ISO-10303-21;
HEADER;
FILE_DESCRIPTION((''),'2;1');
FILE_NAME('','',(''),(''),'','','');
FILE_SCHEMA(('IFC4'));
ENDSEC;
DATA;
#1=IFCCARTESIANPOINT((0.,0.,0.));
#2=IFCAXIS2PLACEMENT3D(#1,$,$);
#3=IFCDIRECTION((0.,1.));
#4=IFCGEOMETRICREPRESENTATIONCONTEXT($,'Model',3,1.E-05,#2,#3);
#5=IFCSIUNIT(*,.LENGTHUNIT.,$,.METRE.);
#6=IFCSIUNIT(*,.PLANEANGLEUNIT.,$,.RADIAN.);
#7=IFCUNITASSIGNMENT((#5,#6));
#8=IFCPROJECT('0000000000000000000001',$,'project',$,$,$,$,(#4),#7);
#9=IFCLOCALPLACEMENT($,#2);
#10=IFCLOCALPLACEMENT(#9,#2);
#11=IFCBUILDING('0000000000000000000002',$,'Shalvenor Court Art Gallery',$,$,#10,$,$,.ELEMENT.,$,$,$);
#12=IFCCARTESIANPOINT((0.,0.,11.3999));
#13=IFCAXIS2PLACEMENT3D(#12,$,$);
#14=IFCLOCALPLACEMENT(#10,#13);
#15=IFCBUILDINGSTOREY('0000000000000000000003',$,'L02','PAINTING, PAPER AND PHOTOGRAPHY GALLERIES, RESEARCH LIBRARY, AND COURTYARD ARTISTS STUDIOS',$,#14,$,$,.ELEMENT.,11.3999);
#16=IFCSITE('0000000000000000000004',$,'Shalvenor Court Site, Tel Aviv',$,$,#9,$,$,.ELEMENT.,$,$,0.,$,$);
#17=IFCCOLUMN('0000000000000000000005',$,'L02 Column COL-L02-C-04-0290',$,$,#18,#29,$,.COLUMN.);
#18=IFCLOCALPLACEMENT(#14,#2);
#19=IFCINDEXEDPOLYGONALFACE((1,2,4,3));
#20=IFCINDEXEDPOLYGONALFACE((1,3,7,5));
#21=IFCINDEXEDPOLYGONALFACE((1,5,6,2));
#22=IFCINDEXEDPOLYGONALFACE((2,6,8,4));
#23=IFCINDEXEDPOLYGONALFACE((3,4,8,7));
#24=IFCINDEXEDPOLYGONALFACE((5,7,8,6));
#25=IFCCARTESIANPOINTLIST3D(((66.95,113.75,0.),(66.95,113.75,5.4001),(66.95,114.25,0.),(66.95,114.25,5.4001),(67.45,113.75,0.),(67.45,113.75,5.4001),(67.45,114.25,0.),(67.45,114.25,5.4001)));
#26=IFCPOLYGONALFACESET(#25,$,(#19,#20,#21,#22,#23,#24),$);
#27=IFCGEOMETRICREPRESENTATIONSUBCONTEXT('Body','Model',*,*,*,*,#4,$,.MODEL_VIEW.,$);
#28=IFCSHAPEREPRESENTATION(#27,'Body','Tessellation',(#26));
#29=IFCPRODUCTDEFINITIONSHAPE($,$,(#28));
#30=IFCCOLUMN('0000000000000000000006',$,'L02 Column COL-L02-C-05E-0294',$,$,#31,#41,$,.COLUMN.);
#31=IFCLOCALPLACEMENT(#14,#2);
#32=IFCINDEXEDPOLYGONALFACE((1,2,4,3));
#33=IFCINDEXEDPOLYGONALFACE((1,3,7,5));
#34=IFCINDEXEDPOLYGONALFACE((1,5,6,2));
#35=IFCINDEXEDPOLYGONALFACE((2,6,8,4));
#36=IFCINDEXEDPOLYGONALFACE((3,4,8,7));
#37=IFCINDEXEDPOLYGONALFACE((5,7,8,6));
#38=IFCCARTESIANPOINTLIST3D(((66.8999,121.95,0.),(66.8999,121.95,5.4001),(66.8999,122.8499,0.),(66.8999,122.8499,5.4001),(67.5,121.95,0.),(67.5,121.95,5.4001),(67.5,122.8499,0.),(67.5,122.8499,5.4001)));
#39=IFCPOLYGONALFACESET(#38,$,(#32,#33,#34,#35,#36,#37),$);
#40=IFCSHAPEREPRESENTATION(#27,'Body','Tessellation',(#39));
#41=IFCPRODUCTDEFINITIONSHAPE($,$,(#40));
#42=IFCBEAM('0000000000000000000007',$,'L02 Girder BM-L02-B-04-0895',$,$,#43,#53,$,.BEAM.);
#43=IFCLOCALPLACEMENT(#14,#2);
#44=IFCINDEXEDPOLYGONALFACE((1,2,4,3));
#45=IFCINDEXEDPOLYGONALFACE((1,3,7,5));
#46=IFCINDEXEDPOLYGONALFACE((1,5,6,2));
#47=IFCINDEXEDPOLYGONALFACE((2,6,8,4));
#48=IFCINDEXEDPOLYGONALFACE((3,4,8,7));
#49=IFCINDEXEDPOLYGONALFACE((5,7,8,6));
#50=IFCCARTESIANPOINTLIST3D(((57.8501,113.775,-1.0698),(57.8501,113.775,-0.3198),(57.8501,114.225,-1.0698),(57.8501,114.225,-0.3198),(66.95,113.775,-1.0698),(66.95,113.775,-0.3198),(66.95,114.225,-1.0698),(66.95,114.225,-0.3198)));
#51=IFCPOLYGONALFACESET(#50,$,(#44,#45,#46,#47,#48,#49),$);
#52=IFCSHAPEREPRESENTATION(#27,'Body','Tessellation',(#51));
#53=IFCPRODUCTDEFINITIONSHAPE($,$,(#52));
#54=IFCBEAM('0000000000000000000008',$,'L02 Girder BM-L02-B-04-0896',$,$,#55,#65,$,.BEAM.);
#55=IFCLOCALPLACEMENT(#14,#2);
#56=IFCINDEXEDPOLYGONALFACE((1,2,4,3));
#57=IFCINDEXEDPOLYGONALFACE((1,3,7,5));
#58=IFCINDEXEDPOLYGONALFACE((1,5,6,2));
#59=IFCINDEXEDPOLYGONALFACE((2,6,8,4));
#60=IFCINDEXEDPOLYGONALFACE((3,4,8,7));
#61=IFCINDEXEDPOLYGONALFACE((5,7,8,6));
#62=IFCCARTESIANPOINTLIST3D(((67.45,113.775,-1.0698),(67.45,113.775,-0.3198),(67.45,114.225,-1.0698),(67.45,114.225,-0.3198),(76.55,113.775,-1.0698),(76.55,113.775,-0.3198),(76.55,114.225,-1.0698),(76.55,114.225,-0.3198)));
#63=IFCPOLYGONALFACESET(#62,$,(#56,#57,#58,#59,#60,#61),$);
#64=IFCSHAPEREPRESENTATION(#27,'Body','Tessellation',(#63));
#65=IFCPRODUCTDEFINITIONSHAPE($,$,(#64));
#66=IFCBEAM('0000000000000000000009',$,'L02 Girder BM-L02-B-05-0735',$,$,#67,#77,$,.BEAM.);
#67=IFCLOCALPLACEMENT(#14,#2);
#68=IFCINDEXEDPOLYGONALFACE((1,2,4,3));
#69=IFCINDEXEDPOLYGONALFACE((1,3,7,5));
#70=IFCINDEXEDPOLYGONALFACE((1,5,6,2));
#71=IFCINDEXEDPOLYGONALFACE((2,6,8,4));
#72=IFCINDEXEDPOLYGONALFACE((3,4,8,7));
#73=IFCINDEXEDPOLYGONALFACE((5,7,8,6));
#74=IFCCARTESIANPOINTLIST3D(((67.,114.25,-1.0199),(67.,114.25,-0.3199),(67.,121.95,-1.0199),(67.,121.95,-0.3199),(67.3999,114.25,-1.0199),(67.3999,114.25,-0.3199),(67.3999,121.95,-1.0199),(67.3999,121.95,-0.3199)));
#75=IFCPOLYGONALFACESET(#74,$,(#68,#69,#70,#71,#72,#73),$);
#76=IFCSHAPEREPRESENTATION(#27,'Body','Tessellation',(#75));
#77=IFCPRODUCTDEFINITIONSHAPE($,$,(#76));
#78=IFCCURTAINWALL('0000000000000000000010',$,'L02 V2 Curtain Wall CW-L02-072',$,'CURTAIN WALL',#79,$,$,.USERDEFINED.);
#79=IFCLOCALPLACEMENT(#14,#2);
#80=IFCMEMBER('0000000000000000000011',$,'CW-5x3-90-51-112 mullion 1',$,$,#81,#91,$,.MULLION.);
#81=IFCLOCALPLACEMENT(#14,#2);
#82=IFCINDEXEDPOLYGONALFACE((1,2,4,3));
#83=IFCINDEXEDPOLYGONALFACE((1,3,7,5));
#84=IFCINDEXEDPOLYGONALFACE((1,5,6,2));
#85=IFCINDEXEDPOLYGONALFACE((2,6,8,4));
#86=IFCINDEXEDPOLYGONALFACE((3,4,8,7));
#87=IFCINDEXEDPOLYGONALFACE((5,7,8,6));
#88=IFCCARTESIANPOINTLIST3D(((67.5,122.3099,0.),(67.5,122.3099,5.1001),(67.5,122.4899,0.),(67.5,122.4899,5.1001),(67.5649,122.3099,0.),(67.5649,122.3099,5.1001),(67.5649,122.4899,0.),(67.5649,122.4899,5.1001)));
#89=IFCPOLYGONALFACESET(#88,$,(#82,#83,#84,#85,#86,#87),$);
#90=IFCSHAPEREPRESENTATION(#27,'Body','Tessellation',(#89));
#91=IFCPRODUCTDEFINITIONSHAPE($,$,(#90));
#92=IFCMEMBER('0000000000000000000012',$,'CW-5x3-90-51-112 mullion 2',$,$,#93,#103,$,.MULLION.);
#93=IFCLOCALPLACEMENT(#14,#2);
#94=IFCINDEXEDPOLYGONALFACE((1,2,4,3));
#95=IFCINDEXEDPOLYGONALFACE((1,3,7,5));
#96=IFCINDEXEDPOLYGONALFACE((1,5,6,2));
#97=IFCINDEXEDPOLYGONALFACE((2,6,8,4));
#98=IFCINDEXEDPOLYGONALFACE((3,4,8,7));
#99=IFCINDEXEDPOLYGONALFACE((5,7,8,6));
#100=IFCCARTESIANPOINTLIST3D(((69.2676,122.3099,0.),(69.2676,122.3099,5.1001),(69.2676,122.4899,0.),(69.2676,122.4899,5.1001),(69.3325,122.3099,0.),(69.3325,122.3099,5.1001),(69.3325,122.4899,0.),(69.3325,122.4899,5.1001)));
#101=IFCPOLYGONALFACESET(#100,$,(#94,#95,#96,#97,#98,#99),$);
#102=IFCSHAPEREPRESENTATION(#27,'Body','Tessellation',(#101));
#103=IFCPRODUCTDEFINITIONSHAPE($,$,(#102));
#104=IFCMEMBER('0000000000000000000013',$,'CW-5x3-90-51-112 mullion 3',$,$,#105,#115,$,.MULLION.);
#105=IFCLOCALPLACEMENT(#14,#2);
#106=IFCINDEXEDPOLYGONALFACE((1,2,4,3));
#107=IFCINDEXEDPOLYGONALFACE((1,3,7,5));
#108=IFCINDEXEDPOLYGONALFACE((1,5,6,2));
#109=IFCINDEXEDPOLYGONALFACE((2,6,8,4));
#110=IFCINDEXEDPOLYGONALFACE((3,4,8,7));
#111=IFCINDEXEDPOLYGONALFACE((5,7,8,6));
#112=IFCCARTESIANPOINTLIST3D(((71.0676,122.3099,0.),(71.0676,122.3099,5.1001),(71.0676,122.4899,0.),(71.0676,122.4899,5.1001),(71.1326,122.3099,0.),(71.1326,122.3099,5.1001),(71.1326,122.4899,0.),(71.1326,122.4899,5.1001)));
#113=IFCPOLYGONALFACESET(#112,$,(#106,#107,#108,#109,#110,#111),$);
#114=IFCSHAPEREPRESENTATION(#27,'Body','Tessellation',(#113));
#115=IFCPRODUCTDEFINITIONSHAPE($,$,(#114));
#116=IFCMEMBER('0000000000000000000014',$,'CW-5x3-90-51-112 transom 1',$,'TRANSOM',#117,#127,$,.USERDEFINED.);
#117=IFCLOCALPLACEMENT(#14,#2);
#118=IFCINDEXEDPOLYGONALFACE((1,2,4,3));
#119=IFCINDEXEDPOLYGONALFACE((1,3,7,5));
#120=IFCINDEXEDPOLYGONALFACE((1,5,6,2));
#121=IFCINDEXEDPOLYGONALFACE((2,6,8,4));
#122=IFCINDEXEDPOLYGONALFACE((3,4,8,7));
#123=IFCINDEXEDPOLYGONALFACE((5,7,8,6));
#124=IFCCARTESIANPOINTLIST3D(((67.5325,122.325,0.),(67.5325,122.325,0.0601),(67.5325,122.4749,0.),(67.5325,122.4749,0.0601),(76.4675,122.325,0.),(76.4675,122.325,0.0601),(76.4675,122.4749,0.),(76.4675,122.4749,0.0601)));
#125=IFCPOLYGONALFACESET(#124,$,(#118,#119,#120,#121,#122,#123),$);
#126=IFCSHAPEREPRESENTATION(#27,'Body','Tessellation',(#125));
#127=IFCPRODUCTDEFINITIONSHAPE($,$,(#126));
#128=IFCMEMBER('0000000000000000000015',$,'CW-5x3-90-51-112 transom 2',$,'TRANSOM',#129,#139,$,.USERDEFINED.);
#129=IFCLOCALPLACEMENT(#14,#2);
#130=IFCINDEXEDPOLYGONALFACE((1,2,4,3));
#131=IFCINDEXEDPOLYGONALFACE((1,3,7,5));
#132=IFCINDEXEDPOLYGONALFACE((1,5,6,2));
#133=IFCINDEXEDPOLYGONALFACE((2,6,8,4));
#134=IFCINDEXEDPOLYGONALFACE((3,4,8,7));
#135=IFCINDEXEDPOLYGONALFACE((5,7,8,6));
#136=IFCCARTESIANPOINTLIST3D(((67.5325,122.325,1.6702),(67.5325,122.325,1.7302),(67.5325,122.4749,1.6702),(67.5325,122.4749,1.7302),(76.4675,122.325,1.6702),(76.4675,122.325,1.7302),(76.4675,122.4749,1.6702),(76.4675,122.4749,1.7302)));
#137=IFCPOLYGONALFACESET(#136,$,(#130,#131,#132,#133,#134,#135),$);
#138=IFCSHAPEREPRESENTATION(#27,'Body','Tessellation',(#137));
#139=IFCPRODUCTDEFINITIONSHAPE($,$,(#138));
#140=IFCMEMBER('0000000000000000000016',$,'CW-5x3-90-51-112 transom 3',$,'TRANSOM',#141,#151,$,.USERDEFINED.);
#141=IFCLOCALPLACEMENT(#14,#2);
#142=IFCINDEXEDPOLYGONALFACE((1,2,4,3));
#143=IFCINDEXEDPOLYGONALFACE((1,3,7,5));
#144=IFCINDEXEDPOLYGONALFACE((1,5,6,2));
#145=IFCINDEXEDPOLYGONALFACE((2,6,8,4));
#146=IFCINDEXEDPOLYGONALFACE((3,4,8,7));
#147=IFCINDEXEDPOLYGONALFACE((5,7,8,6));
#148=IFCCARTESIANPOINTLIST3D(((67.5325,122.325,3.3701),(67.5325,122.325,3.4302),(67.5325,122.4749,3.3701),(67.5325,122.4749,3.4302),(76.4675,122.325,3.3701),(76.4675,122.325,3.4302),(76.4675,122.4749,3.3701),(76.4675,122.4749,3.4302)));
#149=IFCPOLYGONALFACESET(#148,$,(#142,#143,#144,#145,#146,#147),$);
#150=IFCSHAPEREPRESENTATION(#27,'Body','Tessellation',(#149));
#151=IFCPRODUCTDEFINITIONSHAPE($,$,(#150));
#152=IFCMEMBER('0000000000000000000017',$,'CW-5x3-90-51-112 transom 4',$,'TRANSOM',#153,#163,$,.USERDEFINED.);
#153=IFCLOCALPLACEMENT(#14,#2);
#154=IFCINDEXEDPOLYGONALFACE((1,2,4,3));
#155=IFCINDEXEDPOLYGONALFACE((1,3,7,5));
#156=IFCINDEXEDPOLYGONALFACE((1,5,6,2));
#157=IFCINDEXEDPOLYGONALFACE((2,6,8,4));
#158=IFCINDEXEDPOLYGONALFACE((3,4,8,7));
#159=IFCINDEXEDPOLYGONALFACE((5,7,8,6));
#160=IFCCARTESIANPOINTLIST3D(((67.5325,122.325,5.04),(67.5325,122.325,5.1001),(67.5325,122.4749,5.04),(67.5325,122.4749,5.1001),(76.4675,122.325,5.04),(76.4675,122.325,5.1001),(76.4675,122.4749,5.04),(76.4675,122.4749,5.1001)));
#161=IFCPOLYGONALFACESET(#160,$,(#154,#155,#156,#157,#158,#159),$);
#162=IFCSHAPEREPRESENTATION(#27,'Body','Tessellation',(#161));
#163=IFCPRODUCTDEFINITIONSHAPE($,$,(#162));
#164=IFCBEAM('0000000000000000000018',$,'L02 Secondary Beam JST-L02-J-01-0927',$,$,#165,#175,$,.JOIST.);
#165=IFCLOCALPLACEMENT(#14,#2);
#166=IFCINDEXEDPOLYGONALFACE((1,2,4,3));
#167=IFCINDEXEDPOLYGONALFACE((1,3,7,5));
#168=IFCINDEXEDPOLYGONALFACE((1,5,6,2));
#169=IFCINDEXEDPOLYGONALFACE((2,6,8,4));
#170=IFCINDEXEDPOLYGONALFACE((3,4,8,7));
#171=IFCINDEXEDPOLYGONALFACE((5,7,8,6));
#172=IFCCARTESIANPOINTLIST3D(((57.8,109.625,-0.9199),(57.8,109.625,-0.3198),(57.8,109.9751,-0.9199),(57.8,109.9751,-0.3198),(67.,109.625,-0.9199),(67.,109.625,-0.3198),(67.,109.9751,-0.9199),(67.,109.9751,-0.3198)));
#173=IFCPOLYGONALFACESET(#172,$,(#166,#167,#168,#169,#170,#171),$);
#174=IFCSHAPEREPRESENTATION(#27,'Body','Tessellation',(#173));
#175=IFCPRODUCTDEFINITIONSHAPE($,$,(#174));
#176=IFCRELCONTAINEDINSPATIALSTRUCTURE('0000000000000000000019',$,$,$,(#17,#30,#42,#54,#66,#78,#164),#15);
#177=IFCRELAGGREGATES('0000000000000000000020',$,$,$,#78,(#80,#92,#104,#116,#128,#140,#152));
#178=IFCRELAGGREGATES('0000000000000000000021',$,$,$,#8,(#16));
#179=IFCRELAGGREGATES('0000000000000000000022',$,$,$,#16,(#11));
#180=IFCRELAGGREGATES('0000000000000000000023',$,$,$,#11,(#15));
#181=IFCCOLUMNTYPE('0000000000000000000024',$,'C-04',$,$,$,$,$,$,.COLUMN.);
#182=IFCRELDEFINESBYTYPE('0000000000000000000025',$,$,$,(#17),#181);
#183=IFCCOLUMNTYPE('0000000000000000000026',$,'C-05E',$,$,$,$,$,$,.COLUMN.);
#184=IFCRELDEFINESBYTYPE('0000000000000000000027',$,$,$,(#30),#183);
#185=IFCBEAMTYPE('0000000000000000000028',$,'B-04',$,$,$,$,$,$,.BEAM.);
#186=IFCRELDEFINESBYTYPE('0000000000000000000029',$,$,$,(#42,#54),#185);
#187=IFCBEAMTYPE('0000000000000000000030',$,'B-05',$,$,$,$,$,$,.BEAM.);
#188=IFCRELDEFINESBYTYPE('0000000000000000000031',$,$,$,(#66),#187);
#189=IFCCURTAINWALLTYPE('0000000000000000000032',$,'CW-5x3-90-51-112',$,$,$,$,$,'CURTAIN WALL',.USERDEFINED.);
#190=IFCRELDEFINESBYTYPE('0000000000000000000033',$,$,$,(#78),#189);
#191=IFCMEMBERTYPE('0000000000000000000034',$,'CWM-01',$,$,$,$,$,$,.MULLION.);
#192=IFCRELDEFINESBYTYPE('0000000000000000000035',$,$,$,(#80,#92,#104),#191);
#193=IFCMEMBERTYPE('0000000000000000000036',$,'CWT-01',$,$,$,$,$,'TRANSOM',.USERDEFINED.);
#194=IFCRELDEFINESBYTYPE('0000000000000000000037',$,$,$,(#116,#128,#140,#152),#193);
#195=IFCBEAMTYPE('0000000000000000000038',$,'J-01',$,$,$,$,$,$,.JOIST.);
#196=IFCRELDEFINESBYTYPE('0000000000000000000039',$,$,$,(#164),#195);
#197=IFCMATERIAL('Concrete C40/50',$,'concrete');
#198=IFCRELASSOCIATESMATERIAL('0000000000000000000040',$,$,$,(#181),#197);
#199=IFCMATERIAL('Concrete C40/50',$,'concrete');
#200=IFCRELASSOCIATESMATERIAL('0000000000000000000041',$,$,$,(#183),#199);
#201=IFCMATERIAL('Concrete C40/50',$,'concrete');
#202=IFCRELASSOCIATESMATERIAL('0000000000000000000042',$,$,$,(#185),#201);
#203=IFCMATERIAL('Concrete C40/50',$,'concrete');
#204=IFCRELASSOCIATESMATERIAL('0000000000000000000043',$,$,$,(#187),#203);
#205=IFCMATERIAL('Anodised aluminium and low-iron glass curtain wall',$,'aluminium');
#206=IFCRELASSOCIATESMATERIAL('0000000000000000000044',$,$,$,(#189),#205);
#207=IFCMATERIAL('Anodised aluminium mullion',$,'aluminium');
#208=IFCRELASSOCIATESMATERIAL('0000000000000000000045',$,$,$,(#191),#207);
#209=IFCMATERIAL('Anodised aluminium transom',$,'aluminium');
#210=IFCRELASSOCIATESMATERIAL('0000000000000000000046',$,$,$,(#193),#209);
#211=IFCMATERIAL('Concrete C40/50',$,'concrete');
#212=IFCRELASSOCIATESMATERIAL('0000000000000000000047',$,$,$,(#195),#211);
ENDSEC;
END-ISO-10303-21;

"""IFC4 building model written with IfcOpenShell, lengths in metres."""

from ifc_helpers import new_model, si_unit, direction, frame, origin, origin_2d, place, context, subcontext, project, spatial, rectangle, extrude, material, material_profile, profile_set, type_object, element, aggregate, save


model = new_model("IFC4")

# Units and contexts
model_context = context("Model", 3, precision=1e-05, world=origin(), true_north=direction((0.0, 1.0)))
body_context = subcontext(model_context, "Body", "Model", "MODEL_VIEW")
ifc_project = project(units=[si_unit("LENGTHUNIT", "METRE"), si_unit("PLANEANGLEUNIT", "RADIAN")], contexts=[model_context])

# Site, building, storey
site_placement = place(None, origin())
site = spatial("IfcSite", under=ifc_project, at=site_placement, Name="Shalvenor Court Site, Tel Aviv", CompositionType="ELEMENT", RefElevation=0.0)
building_placement = place(site_placement, origin())
building = spatial("IfcBuilding", under=site, at=building_placement, Name="Shalvenor Court Art Gallery", CompositionType="ELEMENT")
storey_placement = place(building_placement, frame((0.0, 0.0, 11.3999)))
storey = spatial("IfcBuildingStorey", under=building, at=storey_placement, Name="L02", Description="PAINTING, PAPER AND PHOTOGRAPHY GALLERIES, RESEARCH LIBRARY, AND COURTYARD ARTISTS STUDIOS", CompositionType="ELEMENT", Elevation=11.3999)

# Columns
ifc_material_1 = material(Name="Concrete C40/50", Category="concrete")
ifc_material_profile_1 = material_profile(ifc_material_1, rectangle(XDim=0.5, YDim=0.5, at=origin_2d()), Name="RC 500x500")
ifc_profile_set_1 = profile_set([ifc_material_profile_1], Name="Concrete C40/50")
column_type_1 = type_object("IfcColumnType", Name="C-04", PredefinedType="COLUMN", material=ifc_profile_set_1)
column_1_placement = place(storey_placement, frame((67.2, 114.0, 0.0), z_axis=(0.0, 0.0, 1.0), x_axis=(1.0, 0.0, 0.0)))
element("IfcColumn", 1, at=column_1_placement, inside=storey, type_object=column_type_1, Name="L02 Column COL-L02-C-04-0290", PredefinedType="COLUMN", context=body_context, shape_type="SweptSolid", body=[
    extrude(rectangle(XDim=0.5, YDim=0.5, at=origin_2d()), origin(), (0.0, 0.0, 1.0), 5.4001),
])
ifc_material_2 = material(Name="Concrete C40/50", Category="concrete")
ifc_material_profile_2 = material_profile(ifc_material_2, rectangle(XDim=0.6001, YDim=0.8999, at=origin_2d()), Name="RC 600x900")
ifc_profile_set_2 = profile_set([ifc_material_profile_2], Name="Concrete C40/50")
column_type_2 = type_object("IfcColumnType", Name="C-05E", PredefinedType="COLUMN", material=ifc_profile_set_2)
column_2_placement = place(storey_placement, frame((67.2, 122.3999, 0.0), z_axis=(0.0, 0.0, 1.0), x_axis=(1.0, 0.0, 0.0)))
element("IfcColumn", 2, at=column_2_placement, inside=storey, type_object=column_type_2, Name="L02 Column COL-L02-C-05E-0294", PredefinedType="COLUMN", context=body_context, shape_type="SweptSolid", body=[
    extrude(rectangle(XDim=0.6001, YDim=0.8999, at=origin_2d()), origin(), (0.0, 0.0, 1.0), 5.4001),
])

# Beams
ifc_material_3 = material(Name="Concrete C40/50", Category="concrete")
ifc_material_profile_3 = material_profile(ifc_material_3, rectangle(XDim=0.45, YDim=0.75, at=origin_2d()), Name="RC 450x750")
ifc_profile_set_3 = profile_set([ifc_material_profile_3], Name="Concrete C40/50")
beam_type_1 = type_object("IfcBeamType", Name="B-04", PredefinedType="BEAM", material=ifc_profile_set_3)
beam_1_placement = place(storey_placement, frame((57.8501, 114.0, -0.6948), z_axis=(1.0, 0.0, 0.0), x_axis=(0.0, 1.0, 0.0)))
element("IfcBeam", 3, at=beam_1_placement, inside=storey, type_object=beam_type_1, Name="L02 Girder BM-L02-B-04-0895", PredefinedType="BEAM", context=body_context, shape_type="SweptSolid", body=[
    extrude(rectangle(XDim=0.45, YDim=0.75, at=origin_2d()), origin(), (0.0, 0.0, 1.0), 9.0999),
])
beam_2_placement = place(storey_placement, frame((67.45, 114.0, -0.6948), z_axis=(1.0, 0.0, 0.0), x_axis=(0.0, 1.0, 0.0)))
element("IfcBeam", 4, at=beam_2_placement, inside=storey, type_object=beam_type_1, Name="L02 Girder BM-L02-B-04-0896", PredefinedType="BEAM", context=body_context, shape_type="SweptSolid", body=[
    extrude(rectangle(XDim=0.45, YDim=0.75, at=origin_2d()), origin(), (0.0, 0.0, 1.0), 9.1001),
])
ifc_material_4 = material(Name="Concrete C40/50", Category="concrete")
ifc_material_profile_4 = material_profile(ifc_material_4, rectangle(XDim=0.3999, YDim=0.7, at=origin_2d()), Name="RC 400x700")
ifc_profile_set_4 = profile_set([ifc_material_profile_4], Name="Concrete C40/50")
beam_type_2 = type_object("IfcBeamType", Name="B-05", PredefinedType="BEAM", material=ifc_profile_set_4)
beam_3_placement = place(storey_placement, frame((67.2, 114.25, -0.6699), z_axis=(0.0, 1.0, 0.0), x_axis=(-1.0, 0.0, 0.0)))
element("IfcBeam", 5, at=beam_3_placement, inside=storey, type_object=beam_type_2, Name="L02 Girder BM-L02-B-05-0735", PredefinedType="BEAM", context=body_context, shape_type="SweptSolid", body=[
    extrude(rectangle(XDim=0.3999, YDim=0.7, at=origin_2d()), origin(), (0.0, 0.0, 1.0), 7.7),
])

# Curtain wall, members
ifc_material_5 = material(Name="Anodised aluminium and low-iron glass curtain wall", Category="aluminium")
curtain_wall_type = type_object("IfcCurtainWallType", Name="CW-5x3-90-51-112", ElementType="CURTAIN WALL", PredefinedType="USERDEFINED", material=ifc_material_5)
curtain_wall_placement = place(storey_placement, origin())
curtain_wall = element("IfcCurtainWall", 6, at=curtain_wall_placement, inside=storey, type_object=curtain_wall_type, Name="L02 V2 Curtain Wall CW-L02-072", ObjectType="CURTAIN WALL", PredefinedType="USERDEFINED")
ifc_material_6 = material(Name="Anodised aluminium mullion", Category="aluminium")
ifc_material_profile_5 = material_profile(ifc_material_6, rectangle(XDim=0.0649, YDim=0.1799, at=origin_2d()), Name="CWM-01")
ifc_profile_set_5 = profile_set([ifc_material_profile_5], Name="Anodised aluminium mullion")
member_type_1 = type_object("IfcMemberType", Name="CWM-01", PredefinedType="MULLION", material=ifc_profile_set_5)
member_1_placement = place(storey_placement, frame((67.5325, 122.3999, 0.0), z_axis=(0.0, 0.0, 1.0), x_axis=(1.0, 0.0, 0.0)))
member_1 = element("IfcMember", 7, at=member_1_placement, type_object=member_type_1, Name="CW-5x3-90-51-112 mullion 1", PredefinedType="MULLION", context=body_context, shape_type="SweptSolid", body=[
    extrude(rectangle(XDim=0.0649, YDim=0.1799, at=origin_2d()), origin(), (0.0, 0.0, 1.0), 5.1001),
])
member_2_placement = place(storey_placement, frame((69.3, 122.3999, 0.0), z_axis=(0.0, 0.0, 1.0), x_axis=(1.0, 0.0, 0.0)))
member_2 = element("IfcMember", 8, at=member_2_placement, type_object=member_type_1, Name="CW-5x3-90-51-112 mullion 2", PredefinedType="MULLION", context=body_context, shape_type="SweptSolid", body=[
    extrude(rectangle(XDim=0.0649, YDim=0.1799, at=origin_2d()), origin(), (0.0, 0.0, 1.0), 5.1001),
])
member_3_placement = place(storey_placement, frame((71.1001, 122.3999, 0.0), z_axis=(0.0, 0.0, 1.0), x_axis=(1.0, 0.0, 0.0)))
member_3 = element("IfcMember", 9, at=member_3_placement, type_object=member_type_1, Name="CW-5x3-90-51-112 mullion 3", PredefinedType="MULLION", context=body_context, shape_type="SweptSolid", body=[
    extrude(rectangle(XDim=0.0649, YDim=0.1799, at=origin_2d()), origin(), (0.0, 0.0, 1.0), 5.1001),
])
ifc_material_7 = material(Name="Anodised aluminium transom", Category="aluminium")
ifc_material_profile_6 = material_profile(ifc_material_7, rectangle(XDim=0.1499, YDim=0.0601, at=origin_2d()), Name="CWT-01")
ifc_profile_set_6 = profile_set([ifc_material_profile_6], Name="Anodised aluminium transom")
member_type_2 = type_object("IfcMemberType", Name="CWT-01", ElementType="TRANSOM", PredefinedType="USERDEFINED", material=ifc_profile_set_6)
member_4_placement = place(storey_placement, frame((67.5325, 122.3999, 0.03), z_axis=(1.0, 0.0, 0.0), x_axis=(0.0, 1.0, 0.0)))
member_4 = element("IfcMember", 10, at=member_4_placement, type_object=member_type_2, Name="CW-5x3-90-51-112 transom 1", ObjectType="TRANSOM", PredefinedType="USERDEFINED", context=body_context, shape_type="SweptSolid", body=[
    extrude(rectangle(XDim=0.1499, YDim=0.0601, at=origin_2d()), origin(), (0.0, 0.0, 1.0), 8.9351),
])
member_5_placement = place(storey_placement, frame((67.5325, 122.3999, 1.7002), z_axis=(1.0, 0.0, 0.0), x_axis=(0.0, 1.0, 0.0)))
member_5 = element("IfcMember", 11, at=member_5_placement, type_object=member_type_2, Name="CW-5x3-90-51-112 transom 2", ObjectType="TRANSOM", PredefinedType="USERDEFINED", context=body_context, shape_type="SweptSolid", body=[
    extrude(rectangle(XDim=0.1499, YDim=0.0601, at=origin_2d()), origin(), (0.0, 0.0, 1.0), 8.9351),
])
member_6_placement = place(storey_placement, frame((67.5325, 122.3999, 3.4001), z_axis=(1.0, 0.0, 0.0), x_axis=(0.0, 1.0, 0.0)))
member_6 = element("IfcMember", 12, at=member_6_placement, type_object=member_type_2, Name="CW-5x3-90-51-112 transom 3", ObjectType="TRANSOM", PredefinedType="USERDEFINED", context=body_context, shape_type="SweptSolid", body=[
    extrude(rectangle(XDim=0.1499, YDim=0.0601, at=origin_2d()), origin(), (0.0, 0.0, 1.0), 8.9351),
])
member_7_placement = place(storey_placement, frame((67.5325, 122.3999, 5.0701), z_axis=(1.0, 0.0, 0.0), x_axis=(0.0, 1.0, 0.0)))
member_7 = element("IfcMember", 13, at=member_7_placement, type_object=member_type_2, Name="CW-5x3-90-51-112 transom 4", ObjectType="TRANSOM", PredefinedType="USERDEFINED", context=body_context, shape_type="SweptSolid", body=[
    extrude(rectangle(XDim=0.1499, YDim=0.0601, at=origin_2d()), origin(), (0.0, 0.0, 1.0), 8.9351),
])

# Beam
ifc_material_8 = material(Name="Concrete C40/50", Category="concrete")
ifc_material_profile_7 = material_profile(ifc_material_8, rectangle(XDim=0.3501, YDim=0.6001, at=origin_2d()), Name="RC 350x600")
ifc_profile_set_7 = profile_set([ifc_material_profile_7], Name="Concrete C40/50")
beam_type_3 = type_object("IfcBeamType", Name="J-01", PredefinedType="JOIST", material=ifc_profile_set_7)
for number, where, z_axis, x_axis, name in (
    (14, (57.8, 109.8, -0.6199), (1.0, 0.0, 0.0), (0.0, 1.0, 0.0), "L02 Secondary Beam JST-L02-J-01-0927"),
):
    element("IfcBeam", number, at=place(storey_placement, frame(where, z_axis=z_axis, x_axis=x_axis)), inside=storey, type_object=beam_type_3, Name=name, PredefinedType="JOIST", context=body_context, shape_type="SweptSolid", body=[
        extrude(rectangle(XDim=0.3501, YDim=0.6001, at=origin_2d()), origin(), (0.0, 0.0, 1.0), 9.2),
    ])

aggregate(curtain_wall, [member_1, member_2, member_3, member_4, member_5, member_6, member_7])

save(model, "model.ifc")
